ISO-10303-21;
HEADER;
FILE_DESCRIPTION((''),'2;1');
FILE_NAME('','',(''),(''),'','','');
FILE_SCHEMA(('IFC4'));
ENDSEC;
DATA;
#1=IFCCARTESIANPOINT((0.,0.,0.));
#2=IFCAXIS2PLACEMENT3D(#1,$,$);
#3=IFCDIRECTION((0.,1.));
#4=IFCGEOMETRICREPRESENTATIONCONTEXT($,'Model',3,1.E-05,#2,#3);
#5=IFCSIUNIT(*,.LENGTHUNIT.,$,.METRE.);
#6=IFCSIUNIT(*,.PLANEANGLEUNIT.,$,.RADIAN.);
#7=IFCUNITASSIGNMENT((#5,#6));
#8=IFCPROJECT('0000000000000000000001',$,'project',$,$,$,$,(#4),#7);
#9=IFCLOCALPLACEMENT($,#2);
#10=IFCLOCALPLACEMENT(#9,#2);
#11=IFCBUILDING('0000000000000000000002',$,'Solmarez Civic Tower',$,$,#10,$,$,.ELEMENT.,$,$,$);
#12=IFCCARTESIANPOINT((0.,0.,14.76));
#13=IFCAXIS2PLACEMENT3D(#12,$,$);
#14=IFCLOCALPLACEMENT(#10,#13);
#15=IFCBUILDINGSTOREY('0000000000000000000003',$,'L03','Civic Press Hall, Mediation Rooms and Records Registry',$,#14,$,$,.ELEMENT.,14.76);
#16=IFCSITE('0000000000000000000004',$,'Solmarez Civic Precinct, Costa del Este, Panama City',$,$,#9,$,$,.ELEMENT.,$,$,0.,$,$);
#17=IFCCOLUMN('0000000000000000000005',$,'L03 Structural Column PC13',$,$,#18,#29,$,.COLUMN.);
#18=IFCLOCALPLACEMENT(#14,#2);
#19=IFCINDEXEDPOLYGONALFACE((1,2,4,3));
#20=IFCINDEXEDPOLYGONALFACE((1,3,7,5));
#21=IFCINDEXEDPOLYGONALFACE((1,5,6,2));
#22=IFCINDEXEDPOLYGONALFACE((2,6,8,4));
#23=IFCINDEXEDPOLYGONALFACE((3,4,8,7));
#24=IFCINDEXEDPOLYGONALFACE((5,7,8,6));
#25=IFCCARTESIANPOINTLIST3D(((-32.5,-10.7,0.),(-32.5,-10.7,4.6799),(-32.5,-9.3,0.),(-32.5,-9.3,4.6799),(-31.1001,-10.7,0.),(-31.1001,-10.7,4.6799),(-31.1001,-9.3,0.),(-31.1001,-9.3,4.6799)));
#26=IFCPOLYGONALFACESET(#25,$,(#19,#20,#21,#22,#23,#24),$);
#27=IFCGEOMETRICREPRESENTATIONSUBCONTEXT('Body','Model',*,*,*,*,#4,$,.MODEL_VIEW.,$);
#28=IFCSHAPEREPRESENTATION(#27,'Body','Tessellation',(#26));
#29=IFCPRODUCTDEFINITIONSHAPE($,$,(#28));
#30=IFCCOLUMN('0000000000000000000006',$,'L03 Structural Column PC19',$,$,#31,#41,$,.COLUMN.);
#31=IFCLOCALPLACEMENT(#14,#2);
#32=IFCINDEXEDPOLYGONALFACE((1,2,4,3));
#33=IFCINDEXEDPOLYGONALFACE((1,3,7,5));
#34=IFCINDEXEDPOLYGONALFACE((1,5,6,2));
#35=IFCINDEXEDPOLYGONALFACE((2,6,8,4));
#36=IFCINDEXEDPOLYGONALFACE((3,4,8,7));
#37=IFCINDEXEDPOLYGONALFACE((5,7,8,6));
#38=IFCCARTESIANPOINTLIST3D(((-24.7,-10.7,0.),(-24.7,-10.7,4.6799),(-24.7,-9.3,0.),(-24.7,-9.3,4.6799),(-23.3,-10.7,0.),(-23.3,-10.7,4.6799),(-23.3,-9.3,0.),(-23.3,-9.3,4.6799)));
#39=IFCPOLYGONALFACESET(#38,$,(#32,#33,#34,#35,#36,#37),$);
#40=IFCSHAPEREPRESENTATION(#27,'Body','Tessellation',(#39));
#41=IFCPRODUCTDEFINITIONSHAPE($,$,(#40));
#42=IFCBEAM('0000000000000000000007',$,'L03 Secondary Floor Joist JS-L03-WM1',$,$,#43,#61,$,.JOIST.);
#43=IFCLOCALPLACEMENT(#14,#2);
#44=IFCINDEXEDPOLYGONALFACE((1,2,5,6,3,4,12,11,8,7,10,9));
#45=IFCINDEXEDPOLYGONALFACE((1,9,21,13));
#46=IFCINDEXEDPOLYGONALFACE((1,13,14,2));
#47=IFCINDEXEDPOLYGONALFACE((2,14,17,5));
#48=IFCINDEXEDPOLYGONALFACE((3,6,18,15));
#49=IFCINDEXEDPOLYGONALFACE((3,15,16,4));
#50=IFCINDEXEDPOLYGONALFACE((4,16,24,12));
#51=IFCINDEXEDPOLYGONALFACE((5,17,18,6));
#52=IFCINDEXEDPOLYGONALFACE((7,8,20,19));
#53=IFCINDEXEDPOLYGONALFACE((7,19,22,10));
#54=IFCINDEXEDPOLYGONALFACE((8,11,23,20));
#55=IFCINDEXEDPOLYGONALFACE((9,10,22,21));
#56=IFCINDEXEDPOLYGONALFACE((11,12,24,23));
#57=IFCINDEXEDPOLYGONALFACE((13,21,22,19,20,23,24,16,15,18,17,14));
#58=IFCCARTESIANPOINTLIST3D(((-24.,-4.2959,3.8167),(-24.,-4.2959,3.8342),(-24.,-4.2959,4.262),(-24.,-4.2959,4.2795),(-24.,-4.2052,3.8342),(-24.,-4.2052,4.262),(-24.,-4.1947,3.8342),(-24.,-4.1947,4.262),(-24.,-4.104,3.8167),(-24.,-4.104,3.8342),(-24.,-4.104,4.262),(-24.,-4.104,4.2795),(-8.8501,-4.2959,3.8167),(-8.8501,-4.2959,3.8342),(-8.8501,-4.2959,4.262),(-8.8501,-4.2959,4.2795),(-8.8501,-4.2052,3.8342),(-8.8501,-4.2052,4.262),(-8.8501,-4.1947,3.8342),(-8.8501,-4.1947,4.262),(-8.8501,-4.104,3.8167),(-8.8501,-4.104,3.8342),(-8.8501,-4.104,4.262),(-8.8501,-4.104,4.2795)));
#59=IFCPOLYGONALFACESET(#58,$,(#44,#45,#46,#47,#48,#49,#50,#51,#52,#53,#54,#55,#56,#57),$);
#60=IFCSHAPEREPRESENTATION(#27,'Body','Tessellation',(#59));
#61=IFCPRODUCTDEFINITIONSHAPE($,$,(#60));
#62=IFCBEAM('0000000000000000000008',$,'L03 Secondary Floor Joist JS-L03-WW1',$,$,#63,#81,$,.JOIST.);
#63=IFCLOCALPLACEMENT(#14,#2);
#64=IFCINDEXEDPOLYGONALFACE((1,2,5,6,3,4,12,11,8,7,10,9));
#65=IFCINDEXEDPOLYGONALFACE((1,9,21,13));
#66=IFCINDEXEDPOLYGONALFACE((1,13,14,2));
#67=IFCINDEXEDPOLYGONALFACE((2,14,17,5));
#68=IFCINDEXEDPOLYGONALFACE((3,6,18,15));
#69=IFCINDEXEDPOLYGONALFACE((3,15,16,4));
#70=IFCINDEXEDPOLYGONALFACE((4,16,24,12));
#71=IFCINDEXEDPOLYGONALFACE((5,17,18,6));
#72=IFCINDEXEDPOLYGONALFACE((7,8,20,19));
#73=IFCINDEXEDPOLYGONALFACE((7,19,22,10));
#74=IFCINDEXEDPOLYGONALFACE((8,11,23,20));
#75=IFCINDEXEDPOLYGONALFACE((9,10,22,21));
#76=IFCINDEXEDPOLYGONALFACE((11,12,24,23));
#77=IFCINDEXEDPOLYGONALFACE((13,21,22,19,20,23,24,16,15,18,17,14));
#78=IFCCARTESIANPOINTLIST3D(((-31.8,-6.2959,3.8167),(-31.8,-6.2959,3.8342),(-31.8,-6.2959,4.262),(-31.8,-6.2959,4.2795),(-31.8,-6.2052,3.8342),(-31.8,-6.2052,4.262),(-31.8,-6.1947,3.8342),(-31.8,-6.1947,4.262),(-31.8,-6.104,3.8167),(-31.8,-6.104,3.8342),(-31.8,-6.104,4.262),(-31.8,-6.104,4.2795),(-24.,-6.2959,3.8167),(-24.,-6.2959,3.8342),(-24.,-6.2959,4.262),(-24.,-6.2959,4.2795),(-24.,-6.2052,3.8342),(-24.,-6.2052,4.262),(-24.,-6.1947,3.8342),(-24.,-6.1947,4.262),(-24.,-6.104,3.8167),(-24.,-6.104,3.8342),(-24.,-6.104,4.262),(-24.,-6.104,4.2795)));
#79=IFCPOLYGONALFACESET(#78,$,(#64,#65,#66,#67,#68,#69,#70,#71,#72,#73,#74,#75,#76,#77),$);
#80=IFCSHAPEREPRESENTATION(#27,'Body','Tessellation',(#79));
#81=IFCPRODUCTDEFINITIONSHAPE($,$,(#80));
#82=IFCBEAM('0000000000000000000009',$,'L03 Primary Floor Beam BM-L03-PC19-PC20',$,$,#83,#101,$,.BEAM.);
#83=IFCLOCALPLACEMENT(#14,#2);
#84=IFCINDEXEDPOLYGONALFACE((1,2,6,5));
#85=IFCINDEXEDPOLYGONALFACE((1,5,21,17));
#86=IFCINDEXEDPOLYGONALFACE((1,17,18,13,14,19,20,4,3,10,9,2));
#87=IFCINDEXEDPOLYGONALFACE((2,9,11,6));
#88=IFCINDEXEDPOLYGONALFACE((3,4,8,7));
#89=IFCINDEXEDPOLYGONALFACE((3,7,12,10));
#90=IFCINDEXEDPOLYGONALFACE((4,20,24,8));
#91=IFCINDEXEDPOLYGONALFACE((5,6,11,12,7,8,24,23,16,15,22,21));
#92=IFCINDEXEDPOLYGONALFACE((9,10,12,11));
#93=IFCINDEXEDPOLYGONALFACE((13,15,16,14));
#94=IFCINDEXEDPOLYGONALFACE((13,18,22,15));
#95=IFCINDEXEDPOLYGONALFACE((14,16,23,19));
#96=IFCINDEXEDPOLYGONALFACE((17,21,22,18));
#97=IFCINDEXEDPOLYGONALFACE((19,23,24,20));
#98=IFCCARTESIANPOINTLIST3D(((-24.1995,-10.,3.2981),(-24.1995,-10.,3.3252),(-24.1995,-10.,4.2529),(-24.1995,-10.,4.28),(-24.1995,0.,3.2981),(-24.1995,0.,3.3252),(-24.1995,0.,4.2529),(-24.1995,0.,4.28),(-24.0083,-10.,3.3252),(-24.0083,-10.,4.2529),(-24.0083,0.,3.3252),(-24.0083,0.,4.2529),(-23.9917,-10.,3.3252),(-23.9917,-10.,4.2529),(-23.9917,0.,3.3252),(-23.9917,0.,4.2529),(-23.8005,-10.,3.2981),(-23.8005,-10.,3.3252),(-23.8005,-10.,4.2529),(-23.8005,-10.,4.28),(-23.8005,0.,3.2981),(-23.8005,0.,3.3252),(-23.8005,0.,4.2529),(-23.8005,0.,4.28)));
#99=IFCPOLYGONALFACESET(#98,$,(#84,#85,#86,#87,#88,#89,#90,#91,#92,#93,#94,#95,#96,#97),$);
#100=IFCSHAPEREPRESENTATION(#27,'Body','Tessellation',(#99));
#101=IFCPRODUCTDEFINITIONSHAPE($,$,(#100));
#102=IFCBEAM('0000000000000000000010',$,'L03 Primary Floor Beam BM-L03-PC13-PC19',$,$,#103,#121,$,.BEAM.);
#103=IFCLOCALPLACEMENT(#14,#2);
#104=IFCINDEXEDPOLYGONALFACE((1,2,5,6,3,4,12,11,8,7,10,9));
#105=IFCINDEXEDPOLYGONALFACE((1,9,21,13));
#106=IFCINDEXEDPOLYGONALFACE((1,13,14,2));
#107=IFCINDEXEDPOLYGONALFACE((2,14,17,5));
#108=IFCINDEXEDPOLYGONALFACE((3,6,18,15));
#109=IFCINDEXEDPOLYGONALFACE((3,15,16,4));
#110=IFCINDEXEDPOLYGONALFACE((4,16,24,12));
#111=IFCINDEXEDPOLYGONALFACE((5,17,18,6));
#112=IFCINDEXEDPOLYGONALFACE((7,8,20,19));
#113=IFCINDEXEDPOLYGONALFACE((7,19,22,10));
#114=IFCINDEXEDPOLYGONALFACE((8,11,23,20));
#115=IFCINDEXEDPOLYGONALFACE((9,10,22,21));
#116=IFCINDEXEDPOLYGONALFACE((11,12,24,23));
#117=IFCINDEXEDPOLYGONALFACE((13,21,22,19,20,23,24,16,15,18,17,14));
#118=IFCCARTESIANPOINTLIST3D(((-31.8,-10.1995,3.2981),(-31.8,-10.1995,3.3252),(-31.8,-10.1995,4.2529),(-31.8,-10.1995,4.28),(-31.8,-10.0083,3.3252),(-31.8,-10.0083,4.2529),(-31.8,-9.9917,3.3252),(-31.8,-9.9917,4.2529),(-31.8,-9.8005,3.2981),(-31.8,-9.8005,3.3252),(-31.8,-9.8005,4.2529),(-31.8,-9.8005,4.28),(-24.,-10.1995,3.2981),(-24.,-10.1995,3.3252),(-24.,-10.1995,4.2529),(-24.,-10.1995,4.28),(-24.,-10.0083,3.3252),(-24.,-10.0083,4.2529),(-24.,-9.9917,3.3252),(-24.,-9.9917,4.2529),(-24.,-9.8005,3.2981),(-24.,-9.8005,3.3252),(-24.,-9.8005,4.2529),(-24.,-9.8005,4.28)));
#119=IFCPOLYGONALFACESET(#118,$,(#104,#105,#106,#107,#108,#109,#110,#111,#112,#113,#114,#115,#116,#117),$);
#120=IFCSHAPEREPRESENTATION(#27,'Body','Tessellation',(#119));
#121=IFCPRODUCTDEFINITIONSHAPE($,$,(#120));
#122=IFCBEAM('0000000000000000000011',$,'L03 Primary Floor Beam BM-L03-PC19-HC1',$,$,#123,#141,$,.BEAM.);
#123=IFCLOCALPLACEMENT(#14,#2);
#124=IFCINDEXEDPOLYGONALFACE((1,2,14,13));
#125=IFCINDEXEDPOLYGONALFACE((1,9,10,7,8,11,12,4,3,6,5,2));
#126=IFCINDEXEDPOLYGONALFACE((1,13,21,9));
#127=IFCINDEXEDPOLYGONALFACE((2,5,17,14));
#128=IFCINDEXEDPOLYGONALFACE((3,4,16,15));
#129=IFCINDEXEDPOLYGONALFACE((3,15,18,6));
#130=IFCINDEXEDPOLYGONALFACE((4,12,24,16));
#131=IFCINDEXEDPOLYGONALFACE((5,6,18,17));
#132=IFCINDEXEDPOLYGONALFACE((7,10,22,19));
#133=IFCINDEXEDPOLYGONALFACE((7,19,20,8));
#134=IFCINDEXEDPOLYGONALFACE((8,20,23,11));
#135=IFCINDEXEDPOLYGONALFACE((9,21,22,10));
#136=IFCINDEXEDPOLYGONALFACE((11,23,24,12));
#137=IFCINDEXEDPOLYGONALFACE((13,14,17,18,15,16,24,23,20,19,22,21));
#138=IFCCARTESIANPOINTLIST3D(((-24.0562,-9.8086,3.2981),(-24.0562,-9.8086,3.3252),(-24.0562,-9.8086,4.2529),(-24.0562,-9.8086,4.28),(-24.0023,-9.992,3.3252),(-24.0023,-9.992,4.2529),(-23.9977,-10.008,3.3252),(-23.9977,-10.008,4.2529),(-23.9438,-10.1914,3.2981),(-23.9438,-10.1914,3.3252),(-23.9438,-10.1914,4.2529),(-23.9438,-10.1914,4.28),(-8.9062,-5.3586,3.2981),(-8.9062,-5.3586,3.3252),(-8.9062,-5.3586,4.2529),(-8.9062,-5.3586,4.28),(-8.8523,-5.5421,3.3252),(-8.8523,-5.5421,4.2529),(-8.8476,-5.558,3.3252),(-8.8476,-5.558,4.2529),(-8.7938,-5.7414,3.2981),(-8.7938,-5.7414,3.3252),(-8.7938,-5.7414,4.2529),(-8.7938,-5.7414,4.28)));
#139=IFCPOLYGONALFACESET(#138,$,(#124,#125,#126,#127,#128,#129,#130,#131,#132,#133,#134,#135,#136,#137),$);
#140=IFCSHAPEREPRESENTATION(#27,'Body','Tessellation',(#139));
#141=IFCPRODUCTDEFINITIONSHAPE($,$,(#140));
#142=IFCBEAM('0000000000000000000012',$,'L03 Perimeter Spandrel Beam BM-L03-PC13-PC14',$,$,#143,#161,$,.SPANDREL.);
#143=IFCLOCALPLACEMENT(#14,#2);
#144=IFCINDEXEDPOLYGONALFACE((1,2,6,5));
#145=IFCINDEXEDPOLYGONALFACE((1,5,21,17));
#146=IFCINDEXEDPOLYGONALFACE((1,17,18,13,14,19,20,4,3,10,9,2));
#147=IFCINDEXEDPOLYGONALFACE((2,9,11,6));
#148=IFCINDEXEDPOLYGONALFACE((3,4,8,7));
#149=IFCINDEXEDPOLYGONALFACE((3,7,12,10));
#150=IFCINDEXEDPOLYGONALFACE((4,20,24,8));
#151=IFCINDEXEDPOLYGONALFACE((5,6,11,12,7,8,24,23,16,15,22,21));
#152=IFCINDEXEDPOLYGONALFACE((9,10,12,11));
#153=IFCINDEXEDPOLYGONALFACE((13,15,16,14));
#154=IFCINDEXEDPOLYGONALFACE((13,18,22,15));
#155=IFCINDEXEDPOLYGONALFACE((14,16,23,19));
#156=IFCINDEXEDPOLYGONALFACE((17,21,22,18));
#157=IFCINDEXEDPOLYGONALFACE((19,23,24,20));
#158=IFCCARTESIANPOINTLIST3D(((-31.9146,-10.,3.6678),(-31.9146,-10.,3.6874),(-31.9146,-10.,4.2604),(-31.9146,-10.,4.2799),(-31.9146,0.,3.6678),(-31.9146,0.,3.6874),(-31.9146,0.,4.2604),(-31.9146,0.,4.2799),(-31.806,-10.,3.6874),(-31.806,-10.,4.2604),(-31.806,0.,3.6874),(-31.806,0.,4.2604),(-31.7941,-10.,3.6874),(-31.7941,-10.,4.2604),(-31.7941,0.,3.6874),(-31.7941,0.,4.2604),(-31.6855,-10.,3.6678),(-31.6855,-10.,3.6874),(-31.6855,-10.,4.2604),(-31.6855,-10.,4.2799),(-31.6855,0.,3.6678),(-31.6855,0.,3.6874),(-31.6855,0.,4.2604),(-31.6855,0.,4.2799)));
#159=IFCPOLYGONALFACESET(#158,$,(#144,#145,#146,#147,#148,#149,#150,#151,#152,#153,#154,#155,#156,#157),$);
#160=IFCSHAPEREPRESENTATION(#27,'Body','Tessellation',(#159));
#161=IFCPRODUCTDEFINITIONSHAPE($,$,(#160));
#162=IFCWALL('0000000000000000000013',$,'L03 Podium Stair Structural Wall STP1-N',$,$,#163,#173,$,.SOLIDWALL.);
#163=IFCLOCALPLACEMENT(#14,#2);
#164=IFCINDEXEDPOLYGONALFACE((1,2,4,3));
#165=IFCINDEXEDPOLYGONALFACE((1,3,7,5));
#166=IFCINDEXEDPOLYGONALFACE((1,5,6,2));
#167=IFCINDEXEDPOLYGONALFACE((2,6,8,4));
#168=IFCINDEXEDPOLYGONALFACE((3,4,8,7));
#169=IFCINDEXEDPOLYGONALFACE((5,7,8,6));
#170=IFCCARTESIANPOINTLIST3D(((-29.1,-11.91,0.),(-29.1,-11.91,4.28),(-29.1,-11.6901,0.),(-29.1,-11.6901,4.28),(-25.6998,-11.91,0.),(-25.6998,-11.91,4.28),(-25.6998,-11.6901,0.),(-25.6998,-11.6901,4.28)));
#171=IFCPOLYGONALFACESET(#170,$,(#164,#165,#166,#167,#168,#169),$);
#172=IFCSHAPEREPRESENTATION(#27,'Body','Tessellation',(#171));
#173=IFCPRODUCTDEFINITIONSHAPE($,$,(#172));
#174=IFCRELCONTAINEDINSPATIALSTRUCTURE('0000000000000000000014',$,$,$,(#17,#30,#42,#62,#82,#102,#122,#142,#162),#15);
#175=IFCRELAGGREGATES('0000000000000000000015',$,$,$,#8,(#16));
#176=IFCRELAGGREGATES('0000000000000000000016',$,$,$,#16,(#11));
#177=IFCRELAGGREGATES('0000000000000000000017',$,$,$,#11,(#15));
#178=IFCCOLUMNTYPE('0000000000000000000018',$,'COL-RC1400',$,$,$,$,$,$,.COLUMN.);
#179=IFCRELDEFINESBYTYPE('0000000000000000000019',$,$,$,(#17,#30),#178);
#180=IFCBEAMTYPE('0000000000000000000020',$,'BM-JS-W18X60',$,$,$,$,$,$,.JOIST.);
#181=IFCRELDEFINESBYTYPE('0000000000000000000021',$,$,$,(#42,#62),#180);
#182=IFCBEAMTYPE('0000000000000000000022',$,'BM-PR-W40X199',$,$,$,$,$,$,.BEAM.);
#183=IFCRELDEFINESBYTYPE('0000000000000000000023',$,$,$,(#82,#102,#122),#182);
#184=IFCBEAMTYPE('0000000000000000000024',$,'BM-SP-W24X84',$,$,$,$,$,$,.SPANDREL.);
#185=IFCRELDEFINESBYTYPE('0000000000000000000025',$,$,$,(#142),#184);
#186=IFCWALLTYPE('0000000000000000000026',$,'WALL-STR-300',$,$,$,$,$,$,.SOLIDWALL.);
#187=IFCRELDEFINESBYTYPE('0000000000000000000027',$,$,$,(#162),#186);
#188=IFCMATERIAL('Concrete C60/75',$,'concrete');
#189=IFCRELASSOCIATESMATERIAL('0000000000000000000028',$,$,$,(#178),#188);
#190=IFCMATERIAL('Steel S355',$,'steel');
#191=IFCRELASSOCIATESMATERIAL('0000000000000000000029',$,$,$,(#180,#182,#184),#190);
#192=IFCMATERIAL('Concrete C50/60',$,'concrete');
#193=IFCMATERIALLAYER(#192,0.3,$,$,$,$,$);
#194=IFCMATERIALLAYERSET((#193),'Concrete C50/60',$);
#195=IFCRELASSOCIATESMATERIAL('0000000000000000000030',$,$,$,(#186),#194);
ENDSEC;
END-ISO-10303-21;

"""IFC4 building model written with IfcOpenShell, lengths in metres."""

from ifc_helpers import new_model, si_unit, direction, frame, frame_2d, origin, origin_2d, place, context, subcontext, project, spatial, rectangle, i_section, extrude, material, layer, layer_set, material_profile, profile_set, type_object, element, save


model = new_model("IFC4")

# Units and contexts
model_context = context("Model", 3, precision=1e-05, world=origin(), true_north=direction((0.0, 1.0)))
body_context = subcontext(model_context, "Body", "Model", "MODEL_VIEW")
ifc_project = project(units=[si_unit("LENGTHUNIT", "METRE"), si_unit("PLANEANGLEUNIT", "RADIAN")], contexts=[model_context])

# Site, building, storey
site_placement = place(None, origin())
site = spatial("IfcSite", under=ifc_project, at=site_placement, Name="Solmarez Civic Precinct, Costa del Este, Panama City", CompositionType="ELEMENT", RefElevation=0.0)
building_placement = place(site_placement, origin())
building = spatial("IfcBuilding", under=site, at=building_placement, Name="Solmarez Civic Tower", CompositionType="ELEMENT")
storey_placement = place(building_placement, frame((0.0, 0.0, 14.76)))
storey = spatial("IfcBuildingStorey", under=building, at=storey_placement, Name="L03", Description="Civic Press Hall, Mediation Rooms and Records Registry", CompositionType="ELEMENT", Elevation=14.76)

# Columns
ifc_material_1 = material(Name="Concrete C60/75", Category="concrete")
ifc_material_profile_1 = material_profile(ifc_material_1, rectangle(XDim=1.3999, YDim=1.3999, at=origin_2d()), Name="RC1400X1400")
ifc_profile_set_1 = profile_set([ifc_material_profile_1], Name="Concrete C60/75")
column_type = type_object("IfcColumnType", Name="COL-RC1400", PredefinedType="COLUMN", material=ifc_profile_set_1)
for number, where, z_axis, x_axis, name in (
    (1, (-31.8, -10.0, 0.0), (0.0, 0.0, 1.0), (1.0, 0.0, 0.0), "L03 Structural Column PC13"),
    (2, (-24.0, -10.0, 0.0), (0.0, 0.0, 1.0), (1.0, 0.0, 0.0), "L03 Structural Column PC19"),
):
    element("IfcColumn", number, at=place(storey_placement, frame(where, z_axis=z_axis, x_axis=x_axis)), inside=storey, type_object=column_type, Name=name, PredefinedType="COLUMN", context=body_context, shape_type="SweptSolid", body=[
        extrude(rectangle(XDim=1.3999, YDim=1.3999, at=origin_2d()), origin(), (0.0, 0.0, 1.0), 4.6799),
    ])

# Beams
ifc_material_2 = material(Name="Steel S355", Category="steel")
ifc_material_profile_2 = material_profile(ifc_material_2, i_section(OverallWidth=0.1919, OverallDepth=0.4629, WebThickness=0.0105, FlangeThickness=0.0176, at=origin_2d()), Name="W18X60")
ifc_profile_set_2 = profile_set([ifc_material_profile_2], Name="Steel S355")
beam_type_1 = type_object("IfcBeamType", Name="BM-JS-W18X60", PredefinedType="JOIST", material=ifc_profile_set_2)
beam_1_placement = place(storey_placement, frame((-24.0, -4.2, 4.0481), z_axis=(1.0, 0.0, 0.0), x_axis=(0.0, 1.0, 0.0)))
element("IfcBeam", 3, at=beam_1_placement, inside=storey, type_object=beam_type_1, Name="L03 Secondary Floor Joist JS-L03-WM1", PredefinedType="JOIST", context=body_context, shape_type="SweptSolid", body=[
    extrude(i_section(OverallWidth=0.1919, OverallDepth=0.4629, WebThickness=0.0105, FlangeThickness=0.0176, at=origin_2d()), origin(), (0.0, 0.0, 1.0), 15.1499),
])
beam_2_placement = place(storey_placement, frame((-31.8, -6.2, 4.0481), z_axis=(1.0, 0.0, 0.0), x_axis=(0.0, 1.0, 0.0)))
element("IfcBeam", 4, at=beam_2_placement, inside=storey, type_object=beam_type_1, Name="L03 Secondary Floor Joist JS-L03-WW1", PredefinedType="JOIST", context=body_context, shape_type="SweptSolid", body=[
    extrude(i_section(OverallWidth=0.1919, OverallDepth=0.4629, WebThickness=0.0105, FlangeThickness=0.0176, at=origin_2d()), origin(), (0.0, 0.0, 1.0), 7.8),
])
ifc_material_profile_3 = material_profile(ifc_material_2, i_section(OverallWidth=0.3989, OverallDepth=0.9819, WebThickness=0.0166, FlangeThickness=0.0271, at=origin_2d()), Name="W40X199")
ifc_profile_set_3 = profile_set([ifc_material_profile_3], Name="Steel S355")
beam_type_2 = type_object("IfcBeamType", Name="BM-PR-W40X199", PredefinedType="BEAM", material=ifc_profile_set_3)
beam_3_placement = place(storey_placement, frame((-24.0, -10.0, 3.7891), z_axis=(0.0, 1.0, 0.0), x_axis=(-1.0, 0.0, 0.0)))
element("IfcBeam", 5, at=beam_3_placement, inside=storey, type_object=beam_type_2, Name="L03 Primary Floor Beam BM-L03-PC19-PC20", PredefinedType="BEAM", context=body_context, shape_type="SweptSolid", body=[
    extrude(i_section(OverallWidth=0.3989, OverallDepth=0.9819, WebThickness=0.0166, FlangeThickness=0.0271, at=origin_2d()), origin(), (0.0, 0.0, 1.0), 10.0),
])
beam_4_placement = place(storey_placement, frame((-31.8, -10.0, 3.7891), z_axis=(1.0, 0.0, 0.0), x_axis=(0.0, 1.0, 0.0)))
element("IfcBeam", 6, at=beam_4_placement, inside=storey, type_object=beam_type_2, Name="L03 Primary Floor Beam BM-L03-PC13-PC19", PredefinedType="BEAM", context=body_context, shape_type="SweptSolid", body=[
    extrude(i_section(OverallWidth=0.3989, OverallDepth=0.9819, WebThickness=0.0166, FlangeThickness=0.0271, at=origin_2d()), origin(), (0.0, 0.0, 1.0), 7.8),
])
beam_5_placement = place(storey_placement, frame((-24.0, -10.0, 3.7891), z_axis=(0.959467, 0.281822, 0.0), x_axis=(-0.281822, 0.959467, 0.0)))
element("IfcBeam", 7, at=beam_5_placement, inside=storey, type_object=beam_type_2, Name="L03 Primary Floor Beam BM-L03-PC19-HC1", PredefinedType="BEAM", context=body_context, shape_type="SweptSolid", body=[
    extrude(i_section(OverallWidth=0.3989, OverallDepth=0.9819, WebThickness=0.0166, FlangeThickness=0.0271, at=origin_2d()), origin(), (0.0, 0.0, 1.0), 15.79),
])
ifc_material_profile_4 = material_profile(ifc_material_2, i_section(OverallWidth=0.229, OverallDepth=0.6121, WebThickness=0.012, FlangeThickness=0.0195, at=origin_2d()), Name="W24X84")
ifc_profile_set_4 = profile_set([ifc_material_profile_4], Name="Steel S355")
beam_type_3 = type_object("IfcBeamType", Name="BM-SP-W24X84", PredefinedType="SPANDREL", material=ifc_profile_set_4)
beam_6_placement = place(storey_placement, frame((-31.8, -10.0, 3.9739), z_axis=(0.0, 1.0, 0.0), x_axis=(-1.0, 0.0, 0.0)))
element("IfcBeam", 8, at=beam_6_placement, inside=storey, type_object=beam_type_3, Name="L03 Perimeter Spandrel Beam BM-L03-PC13-PC14", PredefinedType="SPANDREL", context=body_context, shape_type="SweptSolid", body=[
    extrude(i_section(OverallWidth=0.229, OverallDepth=0.6121, WebThickness=0.012, FlangeThickness=0.0195, at=origin_2d()), origin(), (0.0, 0.0, 1.0), 10.0),
])

# Wall
ifc_material_3 = material(Name="Concrete C50/60", Category="concrete")
ifc_layer_1 = layer(ifc_material_3, 0.3)
ifc_layer_set_1 = layer_set([ifc_layer_1], Name="Concrete C50/60")
wall_type = type_object("IfcWallType", Name="WALL-STR-300", PredefinedType="SOLIDWALL", material=ifc_layer_set_1)
wall_placement = place(storey_placement, frame((-29.1001, -11.8, 0.0), z_axis=(0.0, 0.0, 1.0), x_axis=(1.0, 0.0, 0.0)))
element("IfcWall", 9, at=wall_placement, inside=storey, type_object=wall_type, Name="L03 Podium Stair Structural Wall STP1-N", PredefinedType="SOLIDWALL", context=body_context, shape_type="SweptSolid", body=[
    extrude(rectangle(XDim=3.4001, YDim=0.22, at=frame_2d((1.7002, 0.0))), origin(), (0.0, 0.0, 1.0), 4.28),
])

save(model, "model.ifc")
